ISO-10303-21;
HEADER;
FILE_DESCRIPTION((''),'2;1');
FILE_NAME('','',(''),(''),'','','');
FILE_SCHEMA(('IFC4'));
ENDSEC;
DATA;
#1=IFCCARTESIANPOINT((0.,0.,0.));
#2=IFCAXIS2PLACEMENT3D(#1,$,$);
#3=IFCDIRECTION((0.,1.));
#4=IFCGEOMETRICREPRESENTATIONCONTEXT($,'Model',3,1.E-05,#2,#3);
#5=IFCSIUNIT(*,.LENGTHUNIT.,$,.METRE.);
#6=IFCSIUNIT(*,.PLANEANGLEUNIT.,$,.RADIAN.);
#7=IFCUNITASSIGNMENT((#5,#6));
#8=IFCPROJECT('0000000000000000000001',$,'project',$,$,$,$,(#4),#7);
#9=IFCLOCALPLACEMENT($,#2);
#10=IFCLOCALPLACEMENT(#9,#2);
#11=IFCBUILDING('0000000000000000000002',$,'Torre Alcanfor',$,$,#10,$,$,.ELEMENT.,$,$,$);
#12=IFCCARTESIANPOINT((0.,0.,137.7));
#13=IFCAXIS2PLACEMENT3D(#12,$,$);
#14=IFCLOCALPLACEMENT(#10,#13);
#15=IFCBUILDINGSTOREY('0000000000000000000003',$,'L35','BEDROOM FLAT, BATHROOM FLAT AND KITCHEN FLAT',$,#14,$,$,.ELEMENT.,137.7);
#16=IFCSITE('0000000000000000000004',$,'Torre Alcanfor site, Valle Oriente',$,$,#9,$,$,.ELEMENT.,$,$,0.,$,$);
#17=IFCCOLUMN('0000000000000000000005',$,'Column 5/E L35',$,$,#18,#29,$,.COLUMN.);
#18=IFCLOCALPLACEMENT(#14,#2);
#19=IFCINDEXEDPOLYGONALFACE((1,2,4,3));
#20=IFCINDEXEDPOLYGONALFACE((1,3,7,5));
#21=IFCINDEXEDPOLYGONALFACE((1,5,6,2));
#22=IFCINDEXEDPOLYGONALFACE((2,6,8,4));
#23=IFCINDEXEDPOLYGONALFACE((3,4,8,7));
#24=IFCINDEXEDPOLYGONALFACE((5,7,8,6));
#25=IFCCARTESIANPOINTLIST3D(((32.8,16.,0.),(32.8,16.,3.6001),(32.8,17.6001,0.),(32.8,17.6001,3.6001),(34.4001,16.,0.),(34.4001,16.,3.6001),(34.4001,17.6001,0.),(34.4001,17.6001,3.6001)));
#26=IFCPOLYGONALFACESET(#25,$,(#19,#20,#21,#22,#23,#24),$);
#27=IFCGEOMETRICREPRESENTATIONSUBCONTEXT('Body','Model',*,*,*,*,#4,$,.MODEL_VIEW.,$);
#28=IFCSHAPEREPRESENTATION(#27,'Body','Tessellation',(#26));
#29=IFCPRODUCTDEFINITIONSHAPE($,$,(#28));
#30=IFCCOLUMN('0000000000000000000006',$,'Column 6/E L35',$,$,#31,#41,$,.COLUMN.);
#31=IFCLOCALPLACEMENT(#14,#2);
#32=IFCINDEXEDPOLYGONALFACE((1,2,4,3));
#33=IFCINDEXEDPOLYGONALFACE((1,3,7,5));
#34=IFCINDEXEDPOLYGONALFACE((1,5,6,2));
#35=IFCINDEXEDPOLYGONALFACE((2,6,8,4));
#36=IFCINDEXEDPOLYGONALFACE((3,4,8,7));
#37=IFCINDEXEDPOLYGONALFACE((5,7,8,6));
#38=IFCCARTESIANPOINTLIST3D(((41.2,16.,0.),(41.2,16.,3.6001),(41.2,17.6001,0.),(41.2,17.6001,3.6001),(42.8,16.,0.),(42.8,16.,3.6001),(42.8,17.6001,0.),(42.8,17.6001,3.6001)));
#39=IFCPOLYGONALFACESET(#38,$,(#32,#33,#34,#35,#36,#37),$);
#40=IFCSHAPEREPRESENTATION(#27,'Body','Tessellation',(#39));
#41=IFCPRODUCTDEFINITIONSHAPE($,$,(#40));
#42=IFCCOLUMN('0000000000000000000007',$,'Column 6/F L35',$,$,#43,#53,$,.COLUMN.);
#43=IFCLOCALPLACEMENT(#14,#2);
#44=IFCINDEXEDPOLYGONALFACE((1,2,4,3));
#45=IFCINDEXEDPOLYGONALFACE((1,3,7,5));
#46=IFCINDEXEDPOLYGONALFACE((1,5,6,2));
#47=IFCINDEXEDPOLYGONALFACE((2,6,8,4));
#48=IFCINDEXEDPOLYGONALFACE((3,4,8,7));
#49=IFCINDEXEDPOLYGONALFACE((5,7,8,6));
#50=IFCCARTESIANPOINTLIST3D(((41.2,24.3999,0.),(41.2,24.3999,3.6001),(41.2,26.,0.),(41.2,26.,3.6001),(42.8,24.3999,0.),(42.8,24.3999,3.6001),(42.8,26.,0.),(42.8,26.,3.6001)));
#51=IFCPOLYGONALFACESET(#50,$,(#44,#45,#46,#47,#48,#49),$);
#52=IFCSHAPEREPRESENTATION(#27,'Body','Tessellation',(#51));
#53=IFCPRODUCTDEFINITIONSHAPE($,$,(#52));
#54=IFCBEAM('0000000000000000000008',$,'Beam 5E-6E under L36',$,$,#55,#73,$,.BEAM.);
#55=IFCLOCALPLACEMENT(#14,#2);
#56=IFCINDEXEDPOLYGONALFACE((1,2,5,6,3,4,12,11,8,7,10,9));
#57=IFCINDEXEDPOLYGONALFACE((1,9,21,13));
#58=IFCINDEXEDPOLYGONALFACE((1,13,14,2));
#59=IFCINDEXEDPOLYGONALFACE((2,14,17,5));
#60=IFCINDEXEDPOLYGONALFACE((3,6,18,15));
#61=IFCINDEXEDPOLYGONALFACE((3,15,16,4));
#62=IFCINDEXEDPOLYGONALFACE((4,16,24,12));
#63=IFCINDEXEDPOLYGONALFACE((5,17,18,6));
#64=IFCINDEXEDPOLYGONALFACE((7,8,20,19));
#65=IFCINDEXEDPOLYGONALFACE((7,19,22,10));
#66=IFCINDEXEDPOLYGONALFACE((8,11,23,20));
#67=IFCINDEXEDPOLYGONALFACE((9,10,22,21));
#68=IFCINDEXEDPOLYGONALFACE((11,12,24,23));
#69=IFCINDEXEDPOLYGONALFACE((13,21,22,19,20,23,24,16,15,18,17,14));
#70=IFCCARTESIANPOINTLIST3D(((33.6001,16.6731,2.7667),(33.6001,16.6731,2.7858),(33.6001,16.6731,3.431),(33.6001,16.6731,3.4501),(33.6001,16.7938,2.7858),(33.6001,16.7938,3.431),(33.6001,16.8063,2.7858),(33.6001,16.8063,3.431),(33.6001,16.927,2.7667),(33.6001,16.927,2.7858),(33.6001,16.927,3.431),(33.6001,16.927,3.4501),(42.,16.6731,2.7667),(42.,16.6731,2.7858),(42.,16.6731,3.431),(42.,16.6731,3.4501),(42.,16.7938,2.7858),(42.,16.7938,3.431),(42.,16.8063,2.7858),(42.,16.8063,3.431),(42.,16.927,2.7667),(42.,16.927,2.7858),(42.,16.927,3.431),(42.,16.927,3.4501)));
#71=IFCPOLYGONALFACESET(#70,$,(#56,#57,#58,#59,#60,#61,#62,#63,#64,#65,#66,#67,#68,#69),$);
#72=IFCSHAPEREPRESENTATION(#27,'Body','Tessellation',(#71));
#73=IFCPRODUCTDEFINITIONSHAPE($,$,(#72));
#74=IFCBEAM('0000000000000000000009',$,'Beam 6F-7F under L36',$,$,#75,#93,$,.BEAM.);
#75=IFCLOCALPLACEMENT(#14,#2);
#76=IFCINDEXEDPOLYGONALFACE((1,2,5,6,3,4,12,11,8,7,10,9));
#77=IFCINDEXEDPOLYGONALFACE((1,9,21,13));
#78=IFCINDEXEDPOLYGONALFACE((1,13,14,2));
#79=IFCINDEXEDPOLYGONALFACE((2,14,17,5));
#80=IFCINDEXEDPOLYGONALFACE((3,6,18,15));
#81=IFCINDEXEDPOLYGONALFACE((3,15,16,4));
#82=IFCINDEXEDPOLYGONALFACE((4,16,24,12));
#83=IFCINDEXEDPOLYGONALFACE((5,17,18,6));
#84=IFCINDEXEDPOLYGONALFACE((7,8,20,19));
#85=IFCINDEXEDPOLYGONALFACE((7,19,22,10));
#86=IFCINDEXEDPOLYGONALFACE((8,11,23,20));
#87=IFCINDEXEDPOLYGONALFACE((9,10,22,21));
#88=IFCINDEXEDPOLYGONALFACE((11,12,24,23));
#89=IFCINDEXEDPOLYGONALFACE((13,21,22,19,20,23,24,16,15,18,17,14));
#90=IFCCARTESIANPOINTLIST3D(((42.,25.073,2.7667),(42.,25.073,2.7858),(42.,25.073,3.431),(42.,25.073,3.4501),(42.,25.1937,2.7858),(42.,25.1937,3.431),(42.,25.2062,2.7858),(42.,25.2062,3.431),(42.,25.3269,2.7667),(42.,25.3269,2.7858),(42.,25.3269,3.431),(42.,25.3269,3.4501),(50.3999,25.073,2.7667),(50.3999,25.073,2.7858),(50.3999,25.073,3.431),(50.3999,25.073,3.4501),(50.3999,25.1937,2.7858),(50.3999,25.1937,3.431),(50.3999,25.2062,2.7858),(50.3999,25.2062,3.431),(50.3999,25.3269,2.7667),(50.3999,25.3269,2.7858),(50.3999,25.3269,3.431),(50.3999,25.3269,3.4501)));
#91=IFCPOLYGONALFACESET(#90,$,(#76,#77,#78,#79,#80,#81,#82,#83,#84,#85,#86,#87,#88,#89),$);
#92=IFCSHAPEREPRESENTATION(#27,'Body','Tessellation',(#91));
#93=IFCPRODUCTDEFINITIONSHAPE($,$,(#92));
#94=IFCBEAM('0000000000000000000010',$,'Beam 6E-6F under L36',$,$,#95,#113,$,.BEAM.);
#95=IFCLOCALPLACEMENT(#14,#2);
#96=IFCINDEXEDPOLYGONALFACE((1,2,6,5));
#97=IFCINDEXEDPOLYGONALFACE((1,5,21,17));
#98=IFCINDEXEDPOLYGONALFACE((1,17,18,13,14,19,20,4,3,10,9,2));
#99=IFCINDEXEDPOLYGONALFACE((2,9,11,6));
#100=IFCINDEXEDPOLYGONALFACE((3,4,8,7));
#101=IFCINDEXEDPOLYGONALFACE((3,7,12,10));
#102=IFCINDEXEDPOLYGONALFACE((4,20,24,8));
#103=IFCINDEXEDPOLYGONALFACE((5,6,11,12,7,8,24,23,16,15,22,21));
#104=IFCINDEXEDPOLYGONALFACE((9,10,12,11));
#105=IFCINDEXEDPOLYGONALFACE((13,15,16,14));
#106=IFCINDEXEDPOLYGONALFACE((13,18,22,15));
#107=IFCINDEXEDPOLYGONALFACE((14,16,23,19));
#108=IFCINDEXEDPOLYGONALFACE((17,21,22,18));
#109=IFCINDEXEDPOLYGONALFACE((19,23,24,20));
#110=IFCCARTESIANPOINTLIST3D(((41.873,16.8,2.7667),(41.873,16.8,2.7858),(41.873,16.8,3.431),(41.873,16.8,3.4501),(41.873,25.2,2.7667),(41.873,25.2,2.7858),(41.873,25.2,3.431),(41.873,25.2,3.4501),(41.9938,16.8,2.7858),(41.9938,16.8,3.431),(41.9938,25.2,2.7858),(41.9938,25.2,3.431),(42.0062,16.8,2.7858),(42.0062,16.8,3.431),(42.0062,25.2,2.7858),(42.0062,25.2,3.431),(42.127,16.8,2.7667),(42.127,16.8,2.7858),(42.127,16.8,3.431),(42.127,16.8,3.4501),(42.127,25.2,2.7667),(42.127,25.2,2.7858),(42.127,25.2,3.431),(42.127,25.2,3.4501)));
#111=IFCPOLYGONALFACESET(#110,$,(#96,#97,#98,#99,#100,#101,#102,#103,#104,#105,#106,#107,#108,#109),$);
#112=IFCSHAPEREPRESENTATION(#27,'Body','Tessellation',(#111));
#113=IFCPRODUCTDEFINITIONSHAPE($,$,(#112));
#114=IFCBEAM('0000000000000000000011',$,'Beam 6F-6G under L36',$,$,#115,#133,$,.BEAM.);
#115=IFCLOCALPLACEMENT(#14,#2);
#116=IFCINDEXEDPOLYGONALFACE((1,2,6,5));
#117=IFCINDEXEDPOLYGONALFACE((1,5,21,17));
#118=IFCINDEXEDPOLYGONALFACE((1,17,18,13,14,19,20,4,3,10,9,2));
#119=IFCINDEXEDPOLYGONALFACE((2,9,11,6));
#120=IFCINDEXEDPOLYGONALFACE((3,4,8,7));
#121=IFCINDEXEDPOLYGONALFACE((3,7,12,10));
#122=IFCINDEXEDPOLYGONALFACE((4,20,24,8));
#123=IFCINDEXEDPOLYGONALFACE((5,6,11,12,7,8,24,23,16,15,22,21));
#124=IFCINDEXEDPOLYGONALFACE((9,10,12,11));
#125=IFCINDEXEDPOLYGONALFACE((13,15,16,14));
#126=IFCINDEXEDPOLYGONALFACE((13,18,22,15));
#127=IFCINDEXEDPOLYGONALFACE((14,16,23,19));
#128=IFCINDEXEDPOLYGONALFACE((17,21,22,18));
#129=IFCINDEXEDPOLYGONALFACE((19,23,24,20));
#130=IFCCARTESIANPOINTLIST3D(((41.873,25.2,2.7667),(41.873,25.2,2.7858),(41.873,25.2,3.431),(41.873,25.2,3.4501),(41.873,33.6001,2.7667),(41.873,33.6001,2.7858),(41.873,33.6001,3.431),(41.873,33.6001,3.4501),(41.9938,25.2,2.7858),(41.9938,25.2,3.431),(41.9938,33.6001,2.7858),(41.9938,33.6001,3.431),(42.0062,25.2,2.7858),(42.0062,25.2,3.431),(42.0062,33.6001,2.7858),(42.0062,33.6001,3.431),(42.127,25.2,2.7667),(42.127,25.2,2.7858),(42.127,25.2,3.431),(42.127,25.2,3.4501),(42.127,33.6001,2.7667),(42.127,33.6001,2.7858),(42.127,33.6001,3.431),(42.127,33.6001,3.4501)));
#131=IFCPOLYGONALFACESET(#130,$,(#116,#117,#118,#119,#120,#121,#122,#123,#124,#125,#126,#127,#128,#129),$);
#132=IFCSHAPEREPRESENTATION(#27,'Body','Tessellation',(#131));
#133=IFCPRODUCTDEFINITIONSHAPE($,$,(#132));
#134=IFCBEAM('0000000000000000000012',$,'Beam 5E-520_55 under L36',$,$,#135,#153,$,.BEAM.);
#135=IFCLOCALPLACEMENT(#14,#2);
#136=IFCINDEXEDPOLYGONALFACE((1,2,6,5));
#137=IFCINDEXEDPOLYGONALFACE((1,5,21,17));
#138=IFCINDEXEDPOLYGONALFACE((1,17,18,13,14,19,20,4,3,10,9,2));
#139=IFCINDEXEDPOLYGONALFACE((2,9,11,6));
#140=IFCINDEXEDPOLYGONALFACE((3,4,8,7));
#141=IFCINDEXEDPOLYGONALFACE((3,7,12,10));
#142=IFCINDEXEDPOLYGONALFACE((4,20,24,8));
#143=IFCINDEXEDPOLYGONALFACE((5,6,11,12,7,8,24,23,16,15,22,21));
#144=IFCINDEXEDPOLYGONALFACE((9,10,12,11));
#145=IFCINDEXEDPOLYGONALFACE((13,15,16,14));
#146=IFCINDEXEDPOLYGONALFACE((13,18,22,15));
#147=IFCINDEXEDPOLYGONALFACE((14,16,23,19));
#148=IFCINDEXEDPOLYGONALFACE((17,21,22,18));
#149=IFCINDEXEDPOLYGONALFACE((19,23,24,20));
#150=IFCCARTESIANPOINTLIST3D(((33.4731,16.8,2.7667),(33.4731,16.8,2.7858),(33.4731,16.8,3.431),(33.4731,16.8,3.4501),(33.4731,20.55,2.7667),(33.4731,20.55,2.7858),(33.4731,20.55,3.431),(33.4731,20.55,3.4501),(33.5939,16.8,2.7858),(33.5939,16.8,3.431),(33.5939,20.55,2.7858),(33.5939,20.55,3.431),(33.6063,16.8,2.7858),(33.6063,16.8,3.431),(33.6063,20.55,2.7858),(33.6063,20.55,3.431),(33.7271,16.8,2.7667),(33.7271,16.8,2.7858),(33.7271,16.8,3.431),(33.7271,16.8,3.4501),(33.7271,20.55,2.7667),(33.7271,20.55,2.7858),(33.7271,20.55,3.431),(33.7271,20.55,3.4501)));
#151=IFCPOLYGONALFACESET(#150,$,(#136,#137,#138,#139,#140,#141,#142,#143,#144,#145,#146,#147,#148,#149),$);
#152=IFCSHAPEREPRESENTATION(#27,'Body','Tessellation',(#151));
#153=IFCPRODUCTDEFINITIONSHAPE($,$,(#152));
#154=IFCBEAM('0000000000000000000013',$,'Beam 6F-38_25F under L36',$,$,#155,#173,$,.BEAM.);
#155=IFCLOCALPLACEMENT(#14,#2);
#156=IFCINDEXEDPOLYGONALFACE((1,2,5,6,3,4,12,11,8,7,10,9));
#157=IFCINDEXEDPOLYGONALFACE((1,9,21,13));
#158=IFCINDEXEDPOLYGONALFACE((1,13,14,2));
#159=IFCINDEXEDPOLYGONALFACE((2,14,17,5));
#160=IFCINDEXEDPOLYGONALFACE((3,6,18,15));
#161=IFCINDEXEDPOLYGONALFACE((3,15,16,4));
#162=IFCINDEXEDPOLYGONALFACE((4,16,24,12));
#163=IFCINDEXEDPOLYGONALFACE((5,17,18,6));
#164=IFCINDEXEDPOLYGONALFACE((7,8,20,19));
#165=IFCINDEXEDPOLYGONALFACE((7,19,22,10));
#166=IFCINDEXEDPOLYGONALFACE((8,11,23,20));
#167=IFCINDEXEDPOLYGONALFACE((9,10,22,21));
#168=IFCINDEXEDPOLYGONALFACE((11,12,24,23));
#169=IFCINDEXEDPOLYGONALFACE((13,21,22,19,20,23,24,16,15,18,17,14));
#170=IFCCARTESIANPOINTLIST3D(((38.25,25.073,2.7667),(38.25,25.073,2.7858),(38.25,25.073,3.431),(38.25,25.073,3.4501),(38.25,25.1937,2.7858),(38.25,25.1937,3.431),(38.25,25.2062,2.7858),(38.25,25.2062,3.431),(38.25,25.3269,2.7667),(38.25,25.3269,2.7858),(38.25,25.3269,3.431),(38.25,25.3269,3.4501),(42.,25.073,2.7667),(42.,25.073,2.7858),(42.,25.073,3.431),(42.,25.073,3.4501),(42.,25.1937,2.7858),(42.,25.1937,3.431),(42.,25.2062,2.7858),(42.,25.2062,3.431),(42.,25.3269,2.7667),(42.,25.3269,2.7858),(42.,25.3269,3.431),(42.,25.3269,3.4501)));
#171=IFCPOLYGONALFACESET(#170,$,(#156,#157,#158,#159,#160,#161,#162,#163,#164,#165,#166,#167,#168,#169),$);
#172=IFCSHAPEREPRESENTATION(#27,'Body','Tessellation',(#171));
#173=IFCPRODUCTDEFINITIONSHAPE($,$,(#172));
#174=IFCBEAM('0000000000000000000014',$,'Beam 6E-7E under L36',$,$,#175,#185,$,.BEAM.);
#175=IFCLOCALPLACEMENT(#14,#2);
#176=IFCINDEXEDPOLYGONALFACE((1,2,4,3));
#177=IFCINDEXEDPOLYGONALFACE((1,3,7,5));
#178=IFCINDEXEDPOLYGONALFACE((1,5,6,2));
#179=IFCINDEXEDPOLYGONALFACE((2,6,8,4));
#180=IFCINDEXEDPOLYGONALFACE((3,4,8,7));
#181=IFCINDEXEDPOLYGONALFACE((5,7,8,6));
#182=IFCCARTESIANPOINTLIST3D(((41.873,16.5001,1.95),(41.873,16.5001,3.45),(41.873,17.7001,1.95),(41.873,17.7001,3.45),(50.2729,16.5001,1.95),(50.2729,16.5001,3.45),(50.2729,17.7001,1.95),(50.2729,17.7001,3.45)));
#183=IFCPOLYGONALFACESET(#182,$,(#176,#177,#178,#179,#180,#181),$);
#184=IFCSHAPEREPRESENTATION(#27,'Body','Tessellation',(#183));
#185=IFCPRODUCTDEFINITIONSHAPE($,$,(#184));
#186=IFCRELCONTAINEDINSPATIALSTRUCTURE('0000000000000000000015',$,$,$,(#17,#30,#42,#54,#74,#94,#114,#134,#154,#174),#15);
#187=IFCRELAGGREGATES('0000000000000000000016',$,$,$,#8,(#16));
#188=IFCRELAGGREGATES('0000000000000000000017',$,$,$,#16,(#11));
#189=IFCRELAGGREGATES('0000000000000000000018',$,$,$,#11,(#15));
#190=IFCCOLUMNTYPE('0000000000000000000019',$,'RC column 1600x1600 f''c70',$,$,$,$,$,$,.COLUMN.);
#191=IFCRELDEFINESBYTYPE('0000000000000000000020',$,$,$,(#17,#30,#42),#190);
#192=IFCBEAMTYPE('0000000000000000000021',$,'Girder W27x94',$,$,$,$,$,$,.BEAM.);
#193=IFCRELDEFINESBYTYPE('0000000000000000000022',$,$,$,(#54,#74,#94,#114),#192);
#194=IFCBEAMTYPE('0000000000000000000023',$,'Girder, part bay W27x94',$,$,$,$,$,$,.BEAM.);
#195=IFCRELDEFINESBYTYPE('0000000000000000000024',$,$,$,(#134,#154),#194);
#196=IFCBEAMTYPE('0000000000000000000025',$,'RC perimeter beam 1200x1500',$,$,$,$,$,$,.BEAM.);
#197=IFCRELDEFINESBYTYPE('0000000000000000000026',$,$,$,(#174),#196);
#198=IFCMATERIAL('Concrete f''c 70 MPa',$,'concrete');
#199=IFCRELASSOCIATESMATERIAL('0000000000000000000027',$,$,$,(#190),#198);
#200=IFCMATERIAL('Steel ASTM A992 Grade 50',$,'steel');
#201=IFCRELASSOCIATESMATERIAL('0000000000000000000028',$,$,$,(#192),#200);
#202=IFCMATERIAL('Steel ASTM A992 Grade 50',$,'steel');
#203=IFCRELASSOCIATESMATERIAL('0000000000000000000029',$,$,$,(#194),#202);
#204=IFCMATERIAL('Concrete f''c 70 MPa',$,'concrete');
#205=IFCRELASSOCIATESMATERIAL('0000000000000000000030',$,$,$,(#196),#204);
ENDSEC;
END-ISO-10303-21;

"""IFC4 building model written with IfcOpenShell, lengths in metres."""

from ifc_helpers import new_model, si_unit, direction, frame, origin, origin_2d, place, context, subcontext, project, spatial, rectangle, i_section, extrude, material, material_profile, profile_set, type_object, element, save


model = new_model("IFC4")

# Units and contexts
model_context = context("Model", 3, precision=1e-05, world=origin(), true_north=direction((0.0, 1.0)))
body_context = subcontext(model_context, "Body", "Model", "MODEL_VIEW")
ifc_project = project(units=[si_unit("LENGTHUNIT", "METRE"), si_unit("PLANEANGLEUNIT", "RADIAN")], contexts=[model_context])

# Site, building, storey
site_placement = place(None, origin())
site = spatial("IfcSite", under=ifc_project, at=site_placement, Name="Torre Alcanfor site, Valle Oriente", CompositionType="ELEMENT", RefElevation=0.0)
building_placement = place(site_placement, origin())
building = spatial("IfcBuilding", under=site, at=building_placement, Name="Torre Alcanfor", CompositionType="ELEMENT")
storey_placement = place(building_placement, frame((0.0, 0.0, 137.7)))
storey = spatial("IfcBuildingStorey", under=building, at=storey_placement, Name="L35", Description="BEDROOM FLAT, BATHROOM FLAT AND KITCHEN FLAT", CompositionType="ELEMENT", Elevation=137.7)

# Columns
ifc_material_1 = material(Name="Concrete f'c 70 MPa", Category="concrete")
ifc_material_profile_1 = material_profile(ifc_material_1, rectangle(XDim=1.6001, YDim=1.6001, at=origin_2d()), Name="1600x1600")
ifc_profile_set_1 = profile_set([ifc_material_profile_1], Name="Concrete f'c 70 MPa")
column_type = type_object("IfcColumnType", Name="RC column 1600x1600 f'c70", PredefinedType="COLUMN", material=ifc_profile_set_1)
for number, where, z_axis, x_axis, name in (
    (1, (33.6001, 16.8, 0.0), (0.0, 0.0, 1.0), (1.0, 0.0, 0.0), "Column 5/E L35"),
    (2, (42.0, 16.8, 0.0), (0.0, 0.0, 1.0), (1.0, 0.0, 0.0), "Column 6/E L35"),
    (3, (42.0, 25.2, 0.0), (0.0, 0.0, 1.0), (1.0, 0.0, 0.0), "Column 6/F L35"),
):
    element("IfcColumn", number, at=place(storey_placement, frame(where, z_axis=z_axis, x_axis=x_axis)), inside=storey, type_object=column_type, Name=name, PredefinedType="COLUMN", context=body_context, shape_type="SweptSolid", body=[
        extrude(rectangle(XDim=1.6001, YDim=1.6001, at=origin_2d()), origin(), (0.0, 0.0, 1.0), 3.6001),
    ])

# Beams
ifc_material_2 = material(Name="Steel ASTM A992 Grade 50", Category="steel")
ifc_material_profile_2 = material_profile(ifc_material_2, i_section(OverallWidth=0.2539, OverallDepth=0.6833, WebThickness=0.0125, FlangeThickness=0.019, at=origin_2d()), Name="W27x94")
ifc_profile_set_2 = profile_set([ifc_material_profile_2], Name="Steel ASTM A992 Grade 50")
beam_type_1 = type_object("IfcBeamType", Name="Girder W27x94", PredefinedType="BEAM", material=ifc_profile_set_2)
for number, where, z_axis, x_axis, name in (
    (4, (33.6001, 16.8, 3.1084), (1.0, 0.0, 0.0), (0.0, 1.0, 0.0), "Beam 5E-6E under L36"),
    (5, (42.0, 25.2, 3.1084), (1.0, 0.0, 0.0), (0.0, 1.0, 0.0), "Beam 6F-7F under L36"),
    (6, (42.0, 16.8, 3.1084), (0.0, 1.0, 0.0), (-1.0, 0.0, 0.0), "Beam 6E-6F under L36"),
):
    element("IfcBeam", number, at=place(storey_placement, frame(where, z_axis=z_axis, x_axis=x_axis)), inside=storey, type_object=beam_type_1, Name=name, PredefinedType="BEAM", context=body_context, shape_type="SweptSolid", body=[
        extrude(i_section(OverallWidth=0.2539, OverallDepth=0.6833, WebThickness=0.0125, FlangeThickness=0.019, at=origin_2d()), origin(), (0.0, 0.0, 1.0), 8.3999),
    ])
beam_1_placement = place(storey_placement, frame((42.0, 25.2, 3.1084), z_axis=(0.0, 1.0, 0.0), x_axis=(-1.0, 0.0, 0.0)))
element("IfcBeam", 7, at=beam_1_placement, inside=storey, type_object=beam_type_1, Name="Beam 6F-6G under L36", PredefinedType="BEAM", context=body_context, shape_type="SweptSolid", body=[
    extrude(i_section(OverallWidth=0.2539, OverallDepth=0.6833, WebThickness=0.0125, FlangeThickness=0.019, at=origin_2d()), origin(), (0.0, 0.0, 1.0), 8.4001),
])
ifc_material_3 = material(Name="Steel ASTM A992 Grade 50", Category="steel")
ifc_material_profile_3 = material_profile(ifc_material_3, i_section(OverallWidth=0.2539, OverallDepth=0.6833, WebThickness=0.0125, FlangeThickness=0.019, at=origin_2d()), Name="W27x94")
ifc_profile_set_3 = profile_set([ifc_material_profile_3], Name="Steel ASTM A992 Grade 50")
beam_type_2 = type_object("IfcBeamType", Name="Girder, part bay W27x94", PredefinedType="BEAM", material=ifc_profile_set_3)
for number, where, z_axis, x_axis, name in (
    (8, (33.6001, 16.8, 3.1084), (0.0, 1.0, 0.0), (-1.0, 0.0, 0.0), "Beam 5E-520_55 under L36"),
    (9, (42.0, 25.2, 3.1084), (-1.0, 0.0, 0.0), (0.0, -1.0, 0.0), "Beam 6F-38_25F under L36"),
):
    element("IfcBeam", number, at=place(storey_placement, frame(where, z_axis=z_axis, x_axis=x_axis)), inside=storey, type_object=beam_type_2, Name=name, PredefinedType="BEAM", context=body_context, shape_type="SweptSolid", body=[
        extrude(i_section(OverallWidth=0.2539, OverallDepth=0.6833, WebThickness=0.0125, FlangeThickness=0.019, at=origin_2d()), origin(), (0.0, 0.0, 1.0), 3.75),
    ])
ifc_material_4 = material(Name="Concrete f'c 70 MPa", Category="concrete")
ifc_material_profile_4 = material_profile(ifc_material_4, rectangle(XDim=1.2, YDim=1.5, at=origin_2d()), Name="1200x1500")
ifc_profile_set_4 = profile_set([ifc_material_profile_4], Name="Concrete f'c 70 MPa")
beam_type_3 = type_object("IfcBeamType", Name="RC perimeter beam 1200x1500", PredefinedType="BEAM", material=ifc_profile_set_4)
beam_2_placement = place(storey_placement, frame((41.873, 17.1001, 2.7), z_axis=(1.0, 0.0, 0.0), x_axis=(0.0, 1.0, 0.0)))
element("IfcBeam", 10, at=beam_2_placement, inside=storey, type_object=beam_type_3, Name="Beam 6E-7E under L36", PredefinedType="BEAM", context=body_context, shape_type="SweptSolid", body=[
    extrude(rectangle(XDim=1.2, YDim=1.5, at=origin_2d()), origin(), (0.0, 0.0, 1.0), 8.3999),
])

save(model, "model.ifc")
